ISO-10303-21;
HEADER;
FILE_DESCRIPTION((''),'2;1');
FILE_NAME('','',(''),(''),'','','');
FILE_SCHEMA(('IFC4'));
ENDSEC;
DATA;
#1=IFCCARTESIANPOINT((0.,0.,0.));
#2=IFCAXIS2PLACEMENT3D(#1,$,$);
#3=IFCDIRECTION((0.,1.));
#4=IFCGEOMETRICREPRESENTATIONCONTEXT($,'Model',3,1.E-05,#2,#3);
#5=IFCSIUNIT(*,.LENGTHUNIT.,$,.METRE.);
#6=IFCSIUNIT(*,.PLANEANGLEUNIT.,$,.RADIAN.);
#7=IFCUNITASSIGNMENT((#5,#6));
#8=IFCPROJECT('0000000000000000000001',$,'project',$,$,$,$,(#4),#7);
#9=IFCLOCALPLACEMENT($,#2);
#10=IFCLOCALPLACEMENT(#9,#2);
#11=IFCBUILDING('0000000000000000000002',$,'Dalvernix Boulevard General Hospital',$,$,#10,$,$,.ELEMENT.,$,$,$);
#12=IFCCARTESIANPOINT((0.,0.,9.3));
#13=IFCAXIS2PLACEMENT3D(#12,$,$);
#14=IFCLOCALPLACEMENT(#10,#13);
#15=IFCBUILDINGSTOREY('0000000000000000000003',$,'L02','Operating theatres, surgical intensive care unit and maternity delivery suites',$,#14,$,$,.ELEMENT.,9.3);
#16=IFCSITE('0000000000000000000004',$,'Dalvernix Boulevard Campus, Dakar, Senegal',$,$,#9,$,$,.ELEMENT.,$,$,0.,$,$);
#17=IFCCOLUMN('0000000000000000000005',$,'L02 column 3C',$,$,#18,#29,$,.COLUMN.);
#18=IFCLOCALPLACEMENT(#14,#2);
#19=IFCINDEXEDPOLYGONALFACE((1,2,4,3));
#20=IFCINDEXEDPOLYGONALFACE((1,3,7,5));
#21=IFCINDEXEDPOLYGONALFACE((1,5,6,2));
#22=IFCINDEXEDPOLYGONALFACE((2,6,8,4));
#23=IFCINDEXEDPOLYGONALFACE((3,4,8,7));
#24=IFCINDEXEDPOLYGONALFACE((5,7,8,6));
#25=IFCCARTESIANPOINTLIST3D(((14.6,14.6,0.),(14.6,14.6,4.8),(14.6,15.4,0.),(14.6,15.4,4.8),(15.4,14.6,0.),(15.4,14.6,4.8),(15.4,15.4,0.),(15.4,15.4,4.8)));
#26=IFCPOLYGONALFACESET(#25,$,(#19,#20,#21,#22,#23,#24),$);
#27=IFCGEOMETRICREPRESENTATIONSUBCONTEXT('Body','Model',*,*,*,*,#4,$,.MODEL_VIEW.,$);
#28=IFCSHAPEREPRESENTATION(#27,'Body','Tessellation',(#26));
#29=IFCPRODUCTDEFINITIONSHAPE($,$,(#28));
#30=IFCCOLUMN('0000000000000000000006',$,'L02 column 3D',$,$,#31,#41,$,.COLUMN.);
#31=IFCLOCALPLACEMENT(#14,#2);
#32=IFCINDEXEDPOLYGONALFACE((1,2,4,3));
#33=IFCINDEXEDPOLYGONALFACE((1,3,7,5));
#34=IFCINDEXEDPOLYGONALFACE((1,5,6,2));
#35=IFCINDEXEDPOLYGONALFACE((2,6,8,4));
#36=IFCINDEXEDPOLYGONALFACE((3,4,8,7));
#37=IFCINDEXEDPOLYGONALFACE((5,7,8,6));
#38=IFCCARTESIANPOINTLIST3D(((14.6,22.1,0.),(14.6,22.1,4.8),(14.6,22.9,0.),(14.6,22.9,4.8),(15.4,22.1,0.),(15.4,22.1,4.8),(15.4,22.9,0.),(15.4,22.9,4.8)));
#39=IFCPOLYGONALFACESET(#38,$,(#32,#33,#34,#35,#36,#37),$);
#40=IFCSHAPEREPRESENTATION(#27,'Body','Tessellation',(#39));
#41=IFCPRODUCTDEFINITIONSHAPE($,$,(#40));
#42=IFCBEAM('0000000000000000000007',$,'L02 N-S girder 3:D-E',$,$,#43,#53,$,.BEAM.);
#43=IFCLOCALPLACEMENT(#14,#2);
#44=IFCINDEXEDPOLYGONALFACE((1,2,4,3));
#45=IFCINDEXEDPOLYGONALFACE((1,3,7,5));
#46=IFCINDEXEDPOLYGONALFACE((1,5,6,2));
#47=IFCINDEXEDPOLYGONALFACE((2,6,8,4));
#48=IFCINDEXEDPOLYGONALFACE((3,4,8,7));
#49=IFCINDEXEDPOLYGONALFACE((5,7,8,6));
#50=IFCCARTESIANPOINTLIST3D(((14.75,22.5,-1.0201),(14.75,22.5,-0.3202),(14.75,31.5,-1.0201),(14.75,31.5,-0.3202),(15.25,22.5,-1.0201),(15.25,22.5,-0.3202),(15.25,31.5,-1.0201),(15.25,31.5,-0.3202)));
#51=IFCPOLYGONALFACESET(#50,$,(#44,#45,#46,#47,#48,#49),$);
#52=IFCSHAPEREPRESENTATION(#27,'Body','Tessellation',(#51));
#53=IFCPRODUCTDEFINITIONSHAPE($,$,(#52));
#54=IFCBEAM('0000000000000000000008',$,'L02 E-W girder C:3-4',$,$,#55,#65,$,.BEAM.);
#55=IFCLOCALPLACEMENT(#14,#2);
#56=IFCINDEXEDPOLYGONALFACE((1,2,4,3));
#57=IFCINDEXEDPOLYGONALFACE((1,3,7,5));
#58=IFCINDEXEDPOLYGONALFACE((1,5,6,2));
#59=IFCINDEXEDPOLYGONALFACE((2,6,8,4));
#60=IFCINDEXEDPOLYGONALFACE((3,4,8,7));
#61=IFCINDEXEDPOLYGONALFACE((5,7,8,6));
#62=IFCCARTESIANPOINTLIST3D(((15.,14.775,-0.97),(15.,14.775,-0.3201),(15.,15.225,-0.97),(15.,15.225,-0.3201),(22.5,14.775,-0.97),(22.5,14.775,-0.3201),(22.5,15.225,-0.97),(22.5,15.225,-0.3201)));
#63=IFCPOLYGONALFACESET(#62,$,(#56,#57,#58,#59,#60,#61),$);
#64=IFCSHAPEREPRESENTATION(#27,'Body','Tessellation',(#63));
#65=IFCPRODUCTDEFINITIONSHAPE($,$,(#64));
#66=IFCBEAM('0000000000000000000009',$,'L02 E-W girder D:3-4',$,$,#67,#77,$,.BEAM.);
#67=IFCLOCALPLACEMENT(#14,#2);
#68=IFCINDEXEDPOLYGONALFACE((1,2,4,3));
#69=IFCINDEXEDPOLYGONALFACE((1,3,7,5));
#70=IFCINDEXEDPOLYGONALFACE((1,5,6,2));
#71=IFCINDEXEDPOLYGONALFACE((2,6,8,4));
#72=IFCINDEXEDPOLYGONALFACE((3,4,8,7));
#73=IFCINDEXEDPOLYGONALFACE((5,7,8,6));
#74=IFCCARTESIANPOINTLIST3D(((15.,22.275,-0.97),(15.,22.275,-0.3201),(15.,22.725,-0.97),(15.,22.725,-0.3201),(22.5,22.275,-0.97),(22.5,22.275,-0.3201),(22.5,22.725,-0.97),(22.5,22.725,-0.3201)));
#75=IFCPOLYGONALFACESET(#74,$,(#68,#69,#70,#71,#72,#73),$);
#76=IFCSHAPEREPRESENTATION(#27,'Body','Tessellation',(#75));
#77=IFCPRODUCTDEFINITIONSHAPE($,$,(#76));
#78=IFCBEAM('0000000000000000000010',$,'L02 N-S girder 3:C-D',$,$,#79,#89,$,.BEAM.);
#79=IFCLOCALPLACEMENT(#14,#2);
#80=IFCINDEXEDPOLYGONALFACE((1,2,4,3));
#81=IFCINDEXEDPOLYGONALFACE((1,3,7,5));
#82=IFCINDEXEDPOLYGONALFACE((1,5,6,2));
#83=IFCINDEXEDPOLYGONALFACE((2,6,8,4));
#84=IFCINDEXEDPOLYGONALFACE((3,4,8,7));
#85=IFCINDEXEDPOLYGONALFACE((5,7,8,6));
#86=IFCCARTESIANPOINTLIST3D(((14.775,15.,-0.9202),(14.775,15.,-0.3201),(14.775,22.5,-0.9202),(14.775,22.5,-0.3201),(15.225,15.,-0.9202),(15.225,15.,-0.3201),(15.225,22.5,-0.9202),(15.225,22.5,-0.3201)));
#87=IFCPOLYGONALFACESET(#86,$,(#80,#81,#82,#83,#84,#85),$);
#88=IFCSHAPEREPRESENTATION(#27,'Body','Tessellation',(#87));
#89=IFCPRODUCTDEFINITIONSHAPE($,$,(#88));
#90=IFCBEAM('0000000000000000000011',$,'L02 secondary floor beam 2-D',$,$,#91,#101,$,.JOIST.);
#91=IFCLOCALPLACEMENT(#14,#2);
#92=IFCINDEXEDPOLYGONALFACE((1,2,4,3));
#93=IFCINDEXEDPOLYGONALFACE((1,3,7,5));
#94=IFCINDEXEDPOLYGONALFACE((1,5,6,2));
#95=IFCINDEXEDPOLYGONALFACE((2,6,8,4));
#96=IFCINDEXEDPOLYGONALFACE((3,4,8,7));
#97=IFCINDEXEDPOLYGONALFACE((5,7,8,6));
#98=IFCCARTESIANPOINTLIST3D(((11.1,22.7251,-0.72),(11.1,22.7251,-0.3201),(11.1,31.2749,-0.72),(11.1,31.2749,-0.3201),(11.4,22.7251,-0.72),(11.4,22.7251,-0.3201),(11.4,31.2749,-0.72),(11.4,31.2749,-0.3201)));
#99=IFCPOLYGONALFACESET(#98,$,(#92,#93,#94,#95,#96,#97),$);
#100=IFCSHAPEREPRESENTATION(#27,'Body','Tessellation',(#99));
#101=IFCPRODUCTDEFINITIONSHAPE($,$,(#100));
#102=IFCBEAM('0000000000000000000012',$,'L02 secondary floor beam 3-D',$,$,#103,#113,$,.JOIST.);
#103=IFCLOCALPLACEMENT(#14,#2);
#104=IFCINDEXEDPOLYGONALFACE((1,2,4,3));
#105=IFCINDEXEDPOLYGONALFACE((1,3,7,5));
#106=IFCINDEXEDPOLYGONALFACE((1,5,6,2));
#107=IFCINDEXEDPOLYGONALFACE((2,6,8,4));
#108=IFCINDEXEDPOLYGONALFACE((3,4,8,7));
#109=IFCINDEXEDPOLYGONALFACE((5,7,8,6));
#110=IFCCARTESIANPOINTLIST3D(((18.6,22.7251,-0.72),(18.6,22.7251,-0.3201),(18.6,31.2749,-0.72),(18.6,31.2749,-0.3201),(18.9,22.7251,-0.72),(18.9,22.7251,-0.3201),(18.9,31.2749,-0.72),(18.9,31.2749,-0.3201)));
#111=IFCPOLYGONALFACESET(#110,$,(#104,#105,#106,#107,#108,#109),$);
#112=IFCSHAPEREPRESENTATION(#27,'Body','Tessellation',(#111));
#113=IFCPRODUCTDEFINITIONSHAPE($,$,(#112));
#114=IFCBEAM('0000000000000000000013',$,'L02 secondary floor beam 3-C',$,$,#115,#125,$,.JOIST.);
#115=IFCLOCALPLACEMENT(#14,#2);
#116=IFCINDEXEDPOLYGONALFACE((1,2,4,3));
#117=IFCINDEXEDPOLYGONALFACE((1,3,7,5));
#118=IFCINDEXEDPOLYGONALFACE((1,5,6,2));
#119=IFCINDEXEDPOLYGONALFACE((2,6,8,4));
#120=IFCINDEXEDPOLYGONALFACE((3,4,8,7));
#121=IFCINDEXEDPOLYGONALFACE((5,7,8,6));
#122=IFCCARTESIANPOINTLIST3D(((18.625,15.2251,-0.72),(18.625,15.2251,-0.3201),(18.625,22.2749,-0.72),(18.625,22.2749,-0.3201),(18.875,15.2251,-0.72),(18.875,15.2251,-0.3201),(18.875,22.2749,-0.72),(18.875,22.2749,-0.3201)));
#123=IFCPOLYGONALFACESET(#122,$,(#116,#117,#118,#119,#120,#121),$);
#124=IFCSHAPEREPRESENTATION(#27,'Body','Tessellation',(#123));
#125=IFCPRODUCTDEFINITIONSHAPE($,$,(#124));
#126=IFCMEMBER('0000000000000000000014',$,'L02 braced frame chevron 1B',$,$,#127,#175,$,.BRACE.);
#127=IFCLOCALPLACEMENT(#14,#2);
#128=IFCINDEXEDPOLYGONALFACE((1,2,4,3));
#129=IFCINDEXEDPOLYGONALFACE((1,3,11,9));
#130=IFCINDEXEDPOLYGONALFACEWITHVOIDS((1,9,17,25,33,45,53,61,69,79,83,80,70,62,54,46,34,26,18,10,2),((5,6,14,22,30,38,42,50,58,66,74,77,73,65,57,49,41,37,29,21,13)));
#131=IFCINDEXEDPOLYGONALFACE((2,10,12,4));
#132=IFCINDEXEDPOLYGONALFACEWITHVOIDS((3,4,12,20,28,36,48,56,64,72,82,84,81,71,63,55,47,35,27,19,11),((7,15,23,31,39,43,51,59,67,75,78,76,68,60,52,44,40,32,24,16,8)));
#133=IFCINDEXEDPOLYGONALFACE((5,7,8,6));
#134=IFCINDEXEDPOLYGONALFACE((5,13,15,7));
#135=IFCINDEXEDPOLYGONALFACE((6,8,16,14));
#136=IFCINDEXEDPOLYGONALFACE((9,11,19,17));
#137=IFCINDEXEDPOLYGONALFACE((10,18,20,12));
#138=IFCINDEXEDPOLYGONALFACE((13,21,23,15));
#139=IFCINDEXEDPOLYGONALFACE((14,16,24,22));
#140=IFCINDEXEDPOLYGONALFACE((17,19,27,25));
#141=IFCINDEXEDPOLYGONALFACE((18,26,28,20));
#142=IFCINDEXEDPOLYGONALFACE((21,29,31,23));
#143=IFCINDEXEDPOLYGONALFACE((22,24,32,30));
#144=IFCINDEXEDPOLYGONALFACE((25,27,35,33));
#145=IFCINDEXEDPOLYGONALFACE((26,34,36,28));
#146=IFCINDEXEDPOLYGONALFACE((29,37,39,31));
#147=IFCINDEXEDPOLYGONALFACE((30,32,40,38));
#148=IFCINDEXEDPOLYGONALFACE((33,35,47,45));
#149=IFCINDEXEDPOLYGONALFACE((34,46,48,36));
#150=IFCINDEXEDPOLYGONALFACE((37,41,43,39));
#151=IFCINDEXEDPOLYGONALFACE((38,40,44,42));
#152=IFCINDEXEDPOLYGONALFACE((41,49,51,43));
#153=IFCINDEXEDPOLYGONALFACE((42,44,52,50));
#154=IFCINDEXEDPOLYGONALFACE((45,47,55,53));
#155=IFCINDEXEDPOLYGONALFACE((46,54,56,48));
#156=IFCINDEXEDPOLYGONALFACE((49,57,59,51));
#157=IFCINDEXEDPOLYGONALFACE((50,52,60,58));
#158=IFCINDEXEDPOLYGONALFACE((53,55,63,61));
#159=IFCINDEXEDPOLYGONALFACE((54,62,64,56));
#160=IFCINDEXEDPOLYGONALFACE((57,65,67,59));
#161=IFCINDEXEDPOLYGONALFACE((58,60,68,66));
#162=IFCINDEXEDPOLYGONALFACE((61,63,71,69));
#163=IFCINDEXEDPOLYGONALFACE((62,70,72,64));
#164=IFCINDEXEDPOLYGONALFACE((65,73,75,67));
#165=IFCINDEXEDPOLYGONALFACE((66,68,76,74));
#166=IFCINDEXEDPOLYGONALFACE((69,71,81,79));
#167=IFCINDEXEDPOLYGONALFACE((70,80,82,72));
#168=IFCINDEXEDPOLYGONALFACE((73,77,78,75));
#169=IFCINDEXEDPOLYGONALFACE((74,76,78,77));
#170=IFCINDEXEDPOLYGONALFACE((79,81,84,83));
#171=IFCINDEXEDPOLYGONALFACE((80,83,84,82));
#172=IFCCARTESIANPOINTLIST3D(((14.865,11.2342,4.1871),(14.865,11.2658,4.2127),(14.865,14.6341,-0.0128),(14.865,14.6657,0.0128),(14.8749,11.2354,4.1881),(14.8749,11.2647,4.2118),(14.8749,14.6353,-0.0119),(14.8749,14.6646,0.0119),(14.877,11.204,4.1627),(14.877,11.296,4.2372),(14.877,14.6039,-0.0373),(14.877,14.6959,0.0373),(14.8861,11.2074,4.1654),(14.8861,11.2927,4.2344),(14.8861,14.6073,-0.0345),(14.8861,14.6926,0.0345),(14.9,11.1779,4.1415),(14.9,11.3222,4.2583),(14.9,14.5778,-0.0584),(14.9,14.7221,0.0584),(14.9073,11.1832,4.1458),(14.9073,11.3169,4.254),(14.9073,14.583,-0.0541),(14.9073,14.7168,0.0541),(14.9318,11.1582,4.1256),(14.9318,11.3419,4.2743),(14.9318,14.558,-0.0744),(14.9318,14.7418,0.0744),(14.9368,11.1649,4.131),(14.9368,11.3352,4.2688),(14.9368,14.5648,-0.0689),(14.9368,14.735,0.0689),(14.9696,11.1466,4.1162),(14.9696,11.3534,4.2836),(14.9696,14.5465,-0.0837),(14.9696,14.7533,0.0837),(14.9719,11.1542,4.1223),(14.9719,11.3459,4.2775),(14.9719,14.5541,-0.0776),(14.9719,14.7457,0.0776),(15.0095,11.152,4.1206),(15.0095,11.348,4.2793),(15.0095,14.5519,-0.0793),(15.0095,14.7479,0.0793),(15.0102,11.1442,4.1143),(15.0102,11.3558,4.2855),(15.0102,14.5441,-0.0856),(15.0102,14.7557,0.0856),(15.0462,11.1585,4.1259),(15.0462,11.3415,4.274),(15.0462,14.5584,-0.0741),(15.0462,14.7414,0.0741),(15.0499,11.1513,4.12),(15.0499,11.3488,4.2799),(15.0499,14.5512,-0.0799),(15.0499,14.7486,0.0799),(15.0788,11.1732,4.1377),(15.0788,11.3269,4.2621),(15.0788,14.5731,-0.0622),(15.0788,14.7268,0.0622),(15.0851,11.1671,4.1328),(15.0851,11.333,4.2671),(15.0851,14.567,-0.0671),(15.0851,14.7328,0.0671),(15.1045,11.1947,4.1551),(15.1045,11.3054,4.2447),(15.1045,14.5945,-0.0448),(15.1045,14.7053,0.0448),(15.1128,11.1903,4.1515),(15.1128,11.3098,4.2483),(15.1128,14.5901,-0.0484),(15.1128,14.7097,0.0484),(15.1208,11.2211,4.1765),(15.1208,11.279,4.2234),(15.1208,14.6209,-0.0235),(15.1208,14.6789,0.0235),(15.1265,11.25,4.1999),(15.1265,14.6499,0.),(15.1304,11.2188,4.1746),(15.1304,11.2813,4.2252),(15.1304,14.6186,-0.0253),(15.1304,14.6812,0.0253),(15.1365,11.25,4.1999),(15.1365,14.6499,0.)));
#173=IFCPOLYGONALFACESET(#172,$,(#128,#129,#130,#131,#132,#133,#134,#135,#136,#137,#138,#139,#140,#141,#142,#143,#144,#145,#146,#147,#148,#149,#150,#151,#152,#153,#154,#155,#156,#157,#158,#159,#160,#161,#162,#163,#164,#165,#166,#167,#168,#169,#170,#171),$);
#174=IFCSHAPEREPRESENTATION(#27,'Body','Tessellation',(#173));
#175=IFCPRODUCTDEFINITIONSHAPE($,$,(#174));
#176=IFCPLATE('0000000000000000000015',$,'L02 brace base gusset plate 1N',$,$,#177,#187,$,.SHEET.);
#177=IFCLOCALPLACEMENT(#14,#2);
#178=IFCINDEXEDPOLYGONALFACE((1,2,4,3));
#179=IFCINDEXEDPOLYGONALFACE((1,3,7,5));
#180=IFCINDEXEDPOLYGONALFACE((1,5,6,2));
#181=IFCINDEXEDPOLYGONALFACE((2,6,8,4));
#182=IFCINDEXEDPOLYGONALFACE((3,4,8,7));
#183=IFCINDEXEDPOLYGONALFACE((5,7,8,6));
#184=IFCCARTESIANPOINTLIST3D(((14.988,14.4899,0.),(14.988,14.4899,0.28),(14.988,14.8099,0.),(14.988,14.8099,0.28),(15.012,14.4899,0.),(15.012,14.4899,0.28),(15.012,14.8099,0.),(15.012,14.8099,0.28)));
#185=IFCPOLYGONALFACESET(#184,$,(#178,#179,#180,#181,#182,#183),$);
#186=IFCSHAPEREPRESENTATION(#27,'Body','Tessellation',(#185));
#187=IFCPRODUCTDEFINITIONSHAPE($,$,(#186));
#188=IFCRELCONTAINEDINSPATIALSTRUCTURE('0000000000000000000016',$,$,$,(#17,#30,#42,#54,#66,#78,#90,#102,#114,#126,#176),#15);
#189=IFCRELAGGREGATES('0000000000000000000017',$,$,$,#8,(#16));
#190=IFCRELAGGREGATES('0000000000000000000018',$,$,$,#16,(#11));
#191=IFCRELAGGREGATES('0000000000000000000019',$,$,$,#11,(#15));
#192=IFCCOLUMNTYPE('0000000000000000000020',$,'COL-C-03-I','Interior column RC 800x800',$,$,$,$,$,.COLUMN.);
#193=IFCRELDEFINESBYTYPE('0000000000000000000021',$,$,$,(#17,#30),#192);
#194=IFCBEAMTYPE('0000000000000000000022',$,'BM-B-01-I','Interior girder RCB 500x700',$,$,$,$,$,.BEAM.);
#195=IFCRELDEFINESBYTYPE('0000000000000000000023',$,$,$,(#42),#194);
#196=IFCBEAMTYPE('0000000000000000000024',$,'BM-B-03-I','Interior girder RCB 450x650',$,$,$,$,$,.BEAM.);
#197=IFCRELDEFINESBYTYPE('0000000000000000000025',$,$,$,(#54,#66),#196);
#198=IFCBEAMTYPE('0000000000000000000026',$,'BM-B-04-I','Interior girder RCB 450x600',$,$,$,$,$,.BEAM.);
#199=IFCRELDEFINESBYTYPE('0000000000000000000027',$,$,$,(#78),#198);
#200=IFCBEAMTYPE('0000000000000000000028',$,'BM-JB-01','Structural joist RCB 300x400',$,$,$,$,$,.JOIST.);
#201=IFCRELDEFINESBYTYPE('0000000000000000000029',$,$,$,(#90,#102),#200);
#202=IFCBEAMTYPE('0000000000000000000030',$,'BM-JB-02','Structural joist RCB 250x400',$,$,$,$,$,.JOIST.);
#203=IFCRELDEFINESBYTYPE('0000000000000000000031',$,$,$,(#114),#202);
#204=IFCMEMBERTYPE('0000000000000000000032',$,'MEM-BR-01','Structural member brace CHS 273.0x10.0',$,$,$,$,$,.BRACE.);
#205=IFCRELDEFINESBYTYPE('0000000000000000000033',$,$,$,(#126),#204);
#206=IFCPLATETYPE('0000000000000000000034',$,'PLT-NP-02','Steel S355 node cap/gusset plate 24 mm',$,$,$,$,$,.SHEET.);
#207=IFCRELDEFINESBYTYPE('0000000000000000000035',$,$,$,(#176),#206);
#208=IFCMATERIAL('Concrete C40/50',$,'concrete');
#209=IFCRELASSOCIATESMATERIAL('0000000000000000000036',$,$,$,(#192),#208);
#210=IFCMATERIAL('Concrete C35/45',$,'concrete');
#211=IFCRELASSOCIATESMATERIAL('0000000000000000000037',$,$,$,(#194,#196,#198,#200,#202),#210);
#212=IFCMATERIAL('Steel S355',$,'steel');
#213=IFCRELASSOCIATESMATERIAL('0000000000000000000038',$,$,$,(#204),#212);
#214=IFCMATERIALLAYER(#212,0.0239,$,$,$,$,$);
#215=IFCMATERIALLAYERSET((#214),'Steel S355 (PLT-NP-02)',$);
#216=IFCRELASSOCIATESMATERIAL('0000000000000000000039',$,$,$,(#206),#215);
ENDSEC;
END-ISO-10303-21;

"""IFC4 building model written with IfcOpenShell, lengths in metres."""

from ifc_helpers import new_model, si_unit, direction, frame, origin, origin_2d, place, context, subcontext, project, spatial, rectangle, hollow_circle, extrude, material, layer, layer_set, material_profile, profile_set, type_object, element, save


model = new_model("IFC4")

# Units and contexts
model_context = context("Model", 3, precision=1e-05, world=origin(), true_north=direction((0.0, 1.0)))
body_context = subcontext(model_context, "Body", "Model", "MODEL_VIEW")
ifc_project = project(units=[si_unit("LENGTHUNIT", "METRE"), si_unit("PLANEANGLEUNIT", "RADIAN")], contexts=[model_context])

# Site, building, storey
site_placement = place(None, origin())
site = spatial("IfcSite", under=ifc_project, at=site_placement, Name="Dalvernix Boulevard Campus, Dakar, Senegal", CompositionType="ELEMENT", RefElevation=0.0)
building_placement = place(site_placement, origin())
building = spatial("IfcBuilding", under=site, at=building_placement, Name="Dalvernix Boulevard General Hospital", CompositionType="ELEMENT")
storey_placement = place(building_placement, frame((0.0, 0.0, 9.3)))
storey = spatial("IfcBuildingStorey", under=building, at=storey_placement, Name="L02", Description="Operating theatres, surgical intensive care unit and maternity delivery suites", CompositionType="ELEMENT", Elevation=9.3)

# Columns
ifc_material_1 = material(Name="Concrete C40/50", Category="concrete")
ifc_material_profile_1 = material_profile(ifc_material_1, rectangle(XDim=0.8, YDim=0.8, at=origin_2d()), Name="RC 800x800")
ifc_profile_set_1 = profile_set([ifc_material_profile_1], Name="Concrete C40/50")
column_type = type_object("IfcColumnType", Name="COL-C-03-I", Description="Interior column RC 800x800", PredefinedType="COLUMN", material=ifc_profile_set_1)
for number, where, z_axis, x_axis, name in (
    (1, (15.0, 15.0, 0.0), (0.0, 0.0, 1.0), (1.0, 0.0, 0.0), "L02 column 3C"),
    (2, (15.0, 22.5, 0.0), (0.0, 0.0, 1.0), (1.0, 0.0, 0.0), "L02 column 3D"),
):
    element("IfcColumn", number, at=place(storey_placement, frame(where, z_axis=z_axis, x_axis=x_axis)), inside=storey, type_object=column_type, Name=name, PredefinedType="COLUMN", context=body_context, shape_type="SweptSolid", body=[
        extrude(rectangle(XDim=0.8, YDim=0.8, at=origin_2d()), origin(), (0.0, 0.0, 1.0), 4.8),
    ])

# Beams
ifc_material_2 = material(Name="Concrete C35/45", Category="concrete")
ifc_material_profile_2 = material_profile(ifc_material_2, rectangle(XDim=0.5, YDim=0.7, at=origin_2d()), Name="RCB 500x700")
ifc_profile_set_2 = profile_set([ifc_material_profile_2], Name="Concrete C35/45")
beam_type_1 = type_object("IfcBeamType", Name="BM-B-01-I", Description="Interior girder RCB 500x700", PredefinedType="BEAM", material=ifc_profile_set_2)
beam_1_placement = place(storey_placement, frame((15.0, 22.5, -0.6702), z_axis=(0.0, 1.0, 0.0), x_axis=(-1.0, 0.0, 0.0)))
element("IfcBeam", 3, at=beam_1_placement, inside=storey, type_object=beam_type_1, Name="L02 N-S girder 3:D-E", PredefinedType="BEAM", context=body_context, shape_type="SweptSolid", body=[
    extrude(rectangle(XDim=0.5, YDim=0.7, at=origin_2d()), origin(), (0.0, 0.0, 1.0), 9.0),
])
ifc_material_profile_3 = material_profile(ifc_material_2, rectangle(XDim=0.45, YDim=0.6499, at=origin_2d()), Name="RCB 450x650")
ifc_profile_set_3 = profile_set([ifc_material_profile_3], Name="Concrete C35/45")
beam_type_2 = type_object("IfcBeamType", Name="BM-B-03-I", Description="Interior girder RCB 450x650", PredefinedType="BEAM", material=ifc_profile_set_3)
for number, where, z_axis, x_axis, name in (
    (4, (15.0, 15.0, -0.645), (1.0, 0.0, 0.0), (0.0, 1.0, 0.0), "L02 E-W girder C:3-4"),
    (5, (15.0, 22.5, -0.645), (1.0, 0.0, 0.0), (0.0, 1.0, 0.0), "L02 E-W girder D:3-4"),
):
    element("IfcBeam", number, at=place(storey_placement, frame(where, z_axis=z_axis, x_axis=x_axis)), inside=storey, type_object=beam_type_2, Name=name, PredefinedType="BEAM", context=body_context, shape_type="SweptSolid", body=[
        extrude(rectangle(XDim=0.45, YDim=0.6499, at=origin_2d()), origin(), (0.0, 0.0, 1.0), 7.5),
    ])
ifc_material_profile_4 = material_profile(ifc_material_2, rectangle(XDim=0.45, YDim=0.6001, at=origin_2d()), Name="RCB 450x600")
ifc_profile_set_4 = profile_set([ifc_material_profile_4], Name="Concrete C35/45")
beam_type_3 = type_object("IfcBeamType", Name="BM-B-04-I", Description="Interior girder RCB 450x600", PredefinedType="BEAM", material=ifc_profile_set_4)
beam_2_placement = place(storey_placement, frame((15.0, 15.0, -0.6201), z_axis=(0.0, 1.0, 0.0), x_axis=(-1.0, 0.0, 0.0)))
element("IfcBeam", 6, at=beam_2_placement, inside=storey, type_object=beam_type_3, Name="L02 N-S girder 3:C-D", PredefinedType="BEAM", context=body_context, shape_type="SweptSolid", body=[
    extrude(rectangle(XDim=0.45, YDim=0.6001, at=origin_2d()), origin(), (0.0, 0.0, 1.0), 7.5),
])
ifc_material_profile_5 = material_profile(ifc_material_2, rectangle(XDim=0.3, YDim=0.3999, at=origin_2d()), Name="RCB 300x400")
ifc_profile_set_5 = profile_set([ifc_material_profile_5], Name="Concrete C35/45")
beam_type_4 = type_object("IfcBeamType", Name="BM-JB-01", Description="Structural joist RCB 300x400", PredefinedType="JOIST", material=ifc_profile_set_5)
for number, where, z_axis, x_axis, name in (
    (7, (11.25, 22.7251, -0.52), (0.0, 1.0, 0.0), (-1.0, 0.0, 0.0), "L02 secondary floor beam 2-D"),
    (8, (18.75, 22.7251, -0.52), (0.0, 1.0, 0.0), (-1.0, 0.0, 0.0), "L02 secondary floor beam 3-D"),
):
    element("IfcBeam", number, at=place(storey_placement, frame(where, z_axis=z_axis, x_axis=x_axis)), inside=storey, type_object=beam_type_4, Name=name, PredefinedType="JOIST", context=body_context, shape_type="SweptSolid", body=[
        extrude(rectangle(XDim=0.3, YDim=0.3999, at=origin_2d()), origin(), (0.0, 0.0, 1.0), 8.5498),
    ])
ifc_material_profile_6 = material_profile(ifc_material_2, rectangle(XDim=0.25, YDim=0.3999, at=origin_2d()), Name="RCB 250x400")
ifc_profile_set_6 = profile_set([ifc_material_profile_6], Name="Concrete C35/45")
beam_type_5 = type_object("IfcBeamType", Name="BM-JB-02", Description="Structural joist RCB 250x400", PredefinedType="JOIST", material=ifc_profile_set_6)
beam_3_placement = place(storey_placement, frame((18.75, 15.2251, -0.52), z_axis=(0.0, 1.0, 0.0), x_axis=(-1.0, 0.0, 0.0)))
element("IfcBeam", 9, at=beam_3_placement, inside=storey, type_object=beam_type_5, Name="L02 secondary floor beam 3-C", PredefinedType="JOIST", context=body_context, shape_type="SweptSolid", body=[
    extrude(rectangle(XDim=0.25, YDim=0.3999, at=origin_2d()), origin(), (0.0, 0.0, 1.0), 7.0498),
])

# Member
ifc_material_3 = material(Name="Steel S355", Category="steel")
ifc_material_profile_7 = material_profile(ifc_material_3, hollow_circle(Radius=0.1365, WallThickness=0.01, at=origin_2d()), Name="CHS 273.0x10.0")
ifc_profile_set_7 = profile_set([ifc_material_profile_7], Name="Steel S355")
member_type = type_object("IfcMemberType", Name="MEM-BR-01", Description="Structural member brace CHS 273.0x10.0", PredefinedType="BRACE", material=ifc_profile_set_7)
member_placement = place(storey_placement, frame((15.0, 14.6499, 0.0), z_axis=(0.0, -0.629192, 0.77725), x_axis=(1.0, 0.0, 0.0)))
element("IfcMember", 10, at=member_placement, inside=storey, type_object=member_type, Name="L02 braced frame chevron 1B", PredefinedType="BRACE", context=body_context, shape_type="SweptSolid", body=[
    extrude(hollow_circle(Radius=0.1365, WallThickness=0.01, at=origin_2d()), origin(), (0.0, 0.0, 1.0), 5.4036),
])

# Plate
ifc_layer_1 = layer(ifc_material_3, 0.0239)
ifc_layer_set_1 = layer_set([ifc_layer_1], Name="Steel S355 (PLT-NP-02)")
plate_type = type_object("IfcPlateType", Name="PLT-NP-02", Description="Steel S355 node cap/gusset plate 24 mm", PredefinedType="SHEET", material=ifc_layer_set_1)
plate_placement = place(storey_placement, frame((15.0, 14.6499, 0.0), z_axis=(0.0, 0.0, 1.0), x_axis=(0.0, 1.0, 0.0)))
element("IfcPlate", 11, at=plate_placement, inside=storey, type_object=plate_type, Name="L02 brace base gusset plate 1N", PredefinedType="SHEET", context=body_context, shape_type="SweptSolid", body=[
    extrude(rectangle(XDim=0.3201, YDim=0.0239, at=origin_2d()), origin(), (0.0, 0.0, 1.0), 0.28),
])

save(model, "model.ifc")
